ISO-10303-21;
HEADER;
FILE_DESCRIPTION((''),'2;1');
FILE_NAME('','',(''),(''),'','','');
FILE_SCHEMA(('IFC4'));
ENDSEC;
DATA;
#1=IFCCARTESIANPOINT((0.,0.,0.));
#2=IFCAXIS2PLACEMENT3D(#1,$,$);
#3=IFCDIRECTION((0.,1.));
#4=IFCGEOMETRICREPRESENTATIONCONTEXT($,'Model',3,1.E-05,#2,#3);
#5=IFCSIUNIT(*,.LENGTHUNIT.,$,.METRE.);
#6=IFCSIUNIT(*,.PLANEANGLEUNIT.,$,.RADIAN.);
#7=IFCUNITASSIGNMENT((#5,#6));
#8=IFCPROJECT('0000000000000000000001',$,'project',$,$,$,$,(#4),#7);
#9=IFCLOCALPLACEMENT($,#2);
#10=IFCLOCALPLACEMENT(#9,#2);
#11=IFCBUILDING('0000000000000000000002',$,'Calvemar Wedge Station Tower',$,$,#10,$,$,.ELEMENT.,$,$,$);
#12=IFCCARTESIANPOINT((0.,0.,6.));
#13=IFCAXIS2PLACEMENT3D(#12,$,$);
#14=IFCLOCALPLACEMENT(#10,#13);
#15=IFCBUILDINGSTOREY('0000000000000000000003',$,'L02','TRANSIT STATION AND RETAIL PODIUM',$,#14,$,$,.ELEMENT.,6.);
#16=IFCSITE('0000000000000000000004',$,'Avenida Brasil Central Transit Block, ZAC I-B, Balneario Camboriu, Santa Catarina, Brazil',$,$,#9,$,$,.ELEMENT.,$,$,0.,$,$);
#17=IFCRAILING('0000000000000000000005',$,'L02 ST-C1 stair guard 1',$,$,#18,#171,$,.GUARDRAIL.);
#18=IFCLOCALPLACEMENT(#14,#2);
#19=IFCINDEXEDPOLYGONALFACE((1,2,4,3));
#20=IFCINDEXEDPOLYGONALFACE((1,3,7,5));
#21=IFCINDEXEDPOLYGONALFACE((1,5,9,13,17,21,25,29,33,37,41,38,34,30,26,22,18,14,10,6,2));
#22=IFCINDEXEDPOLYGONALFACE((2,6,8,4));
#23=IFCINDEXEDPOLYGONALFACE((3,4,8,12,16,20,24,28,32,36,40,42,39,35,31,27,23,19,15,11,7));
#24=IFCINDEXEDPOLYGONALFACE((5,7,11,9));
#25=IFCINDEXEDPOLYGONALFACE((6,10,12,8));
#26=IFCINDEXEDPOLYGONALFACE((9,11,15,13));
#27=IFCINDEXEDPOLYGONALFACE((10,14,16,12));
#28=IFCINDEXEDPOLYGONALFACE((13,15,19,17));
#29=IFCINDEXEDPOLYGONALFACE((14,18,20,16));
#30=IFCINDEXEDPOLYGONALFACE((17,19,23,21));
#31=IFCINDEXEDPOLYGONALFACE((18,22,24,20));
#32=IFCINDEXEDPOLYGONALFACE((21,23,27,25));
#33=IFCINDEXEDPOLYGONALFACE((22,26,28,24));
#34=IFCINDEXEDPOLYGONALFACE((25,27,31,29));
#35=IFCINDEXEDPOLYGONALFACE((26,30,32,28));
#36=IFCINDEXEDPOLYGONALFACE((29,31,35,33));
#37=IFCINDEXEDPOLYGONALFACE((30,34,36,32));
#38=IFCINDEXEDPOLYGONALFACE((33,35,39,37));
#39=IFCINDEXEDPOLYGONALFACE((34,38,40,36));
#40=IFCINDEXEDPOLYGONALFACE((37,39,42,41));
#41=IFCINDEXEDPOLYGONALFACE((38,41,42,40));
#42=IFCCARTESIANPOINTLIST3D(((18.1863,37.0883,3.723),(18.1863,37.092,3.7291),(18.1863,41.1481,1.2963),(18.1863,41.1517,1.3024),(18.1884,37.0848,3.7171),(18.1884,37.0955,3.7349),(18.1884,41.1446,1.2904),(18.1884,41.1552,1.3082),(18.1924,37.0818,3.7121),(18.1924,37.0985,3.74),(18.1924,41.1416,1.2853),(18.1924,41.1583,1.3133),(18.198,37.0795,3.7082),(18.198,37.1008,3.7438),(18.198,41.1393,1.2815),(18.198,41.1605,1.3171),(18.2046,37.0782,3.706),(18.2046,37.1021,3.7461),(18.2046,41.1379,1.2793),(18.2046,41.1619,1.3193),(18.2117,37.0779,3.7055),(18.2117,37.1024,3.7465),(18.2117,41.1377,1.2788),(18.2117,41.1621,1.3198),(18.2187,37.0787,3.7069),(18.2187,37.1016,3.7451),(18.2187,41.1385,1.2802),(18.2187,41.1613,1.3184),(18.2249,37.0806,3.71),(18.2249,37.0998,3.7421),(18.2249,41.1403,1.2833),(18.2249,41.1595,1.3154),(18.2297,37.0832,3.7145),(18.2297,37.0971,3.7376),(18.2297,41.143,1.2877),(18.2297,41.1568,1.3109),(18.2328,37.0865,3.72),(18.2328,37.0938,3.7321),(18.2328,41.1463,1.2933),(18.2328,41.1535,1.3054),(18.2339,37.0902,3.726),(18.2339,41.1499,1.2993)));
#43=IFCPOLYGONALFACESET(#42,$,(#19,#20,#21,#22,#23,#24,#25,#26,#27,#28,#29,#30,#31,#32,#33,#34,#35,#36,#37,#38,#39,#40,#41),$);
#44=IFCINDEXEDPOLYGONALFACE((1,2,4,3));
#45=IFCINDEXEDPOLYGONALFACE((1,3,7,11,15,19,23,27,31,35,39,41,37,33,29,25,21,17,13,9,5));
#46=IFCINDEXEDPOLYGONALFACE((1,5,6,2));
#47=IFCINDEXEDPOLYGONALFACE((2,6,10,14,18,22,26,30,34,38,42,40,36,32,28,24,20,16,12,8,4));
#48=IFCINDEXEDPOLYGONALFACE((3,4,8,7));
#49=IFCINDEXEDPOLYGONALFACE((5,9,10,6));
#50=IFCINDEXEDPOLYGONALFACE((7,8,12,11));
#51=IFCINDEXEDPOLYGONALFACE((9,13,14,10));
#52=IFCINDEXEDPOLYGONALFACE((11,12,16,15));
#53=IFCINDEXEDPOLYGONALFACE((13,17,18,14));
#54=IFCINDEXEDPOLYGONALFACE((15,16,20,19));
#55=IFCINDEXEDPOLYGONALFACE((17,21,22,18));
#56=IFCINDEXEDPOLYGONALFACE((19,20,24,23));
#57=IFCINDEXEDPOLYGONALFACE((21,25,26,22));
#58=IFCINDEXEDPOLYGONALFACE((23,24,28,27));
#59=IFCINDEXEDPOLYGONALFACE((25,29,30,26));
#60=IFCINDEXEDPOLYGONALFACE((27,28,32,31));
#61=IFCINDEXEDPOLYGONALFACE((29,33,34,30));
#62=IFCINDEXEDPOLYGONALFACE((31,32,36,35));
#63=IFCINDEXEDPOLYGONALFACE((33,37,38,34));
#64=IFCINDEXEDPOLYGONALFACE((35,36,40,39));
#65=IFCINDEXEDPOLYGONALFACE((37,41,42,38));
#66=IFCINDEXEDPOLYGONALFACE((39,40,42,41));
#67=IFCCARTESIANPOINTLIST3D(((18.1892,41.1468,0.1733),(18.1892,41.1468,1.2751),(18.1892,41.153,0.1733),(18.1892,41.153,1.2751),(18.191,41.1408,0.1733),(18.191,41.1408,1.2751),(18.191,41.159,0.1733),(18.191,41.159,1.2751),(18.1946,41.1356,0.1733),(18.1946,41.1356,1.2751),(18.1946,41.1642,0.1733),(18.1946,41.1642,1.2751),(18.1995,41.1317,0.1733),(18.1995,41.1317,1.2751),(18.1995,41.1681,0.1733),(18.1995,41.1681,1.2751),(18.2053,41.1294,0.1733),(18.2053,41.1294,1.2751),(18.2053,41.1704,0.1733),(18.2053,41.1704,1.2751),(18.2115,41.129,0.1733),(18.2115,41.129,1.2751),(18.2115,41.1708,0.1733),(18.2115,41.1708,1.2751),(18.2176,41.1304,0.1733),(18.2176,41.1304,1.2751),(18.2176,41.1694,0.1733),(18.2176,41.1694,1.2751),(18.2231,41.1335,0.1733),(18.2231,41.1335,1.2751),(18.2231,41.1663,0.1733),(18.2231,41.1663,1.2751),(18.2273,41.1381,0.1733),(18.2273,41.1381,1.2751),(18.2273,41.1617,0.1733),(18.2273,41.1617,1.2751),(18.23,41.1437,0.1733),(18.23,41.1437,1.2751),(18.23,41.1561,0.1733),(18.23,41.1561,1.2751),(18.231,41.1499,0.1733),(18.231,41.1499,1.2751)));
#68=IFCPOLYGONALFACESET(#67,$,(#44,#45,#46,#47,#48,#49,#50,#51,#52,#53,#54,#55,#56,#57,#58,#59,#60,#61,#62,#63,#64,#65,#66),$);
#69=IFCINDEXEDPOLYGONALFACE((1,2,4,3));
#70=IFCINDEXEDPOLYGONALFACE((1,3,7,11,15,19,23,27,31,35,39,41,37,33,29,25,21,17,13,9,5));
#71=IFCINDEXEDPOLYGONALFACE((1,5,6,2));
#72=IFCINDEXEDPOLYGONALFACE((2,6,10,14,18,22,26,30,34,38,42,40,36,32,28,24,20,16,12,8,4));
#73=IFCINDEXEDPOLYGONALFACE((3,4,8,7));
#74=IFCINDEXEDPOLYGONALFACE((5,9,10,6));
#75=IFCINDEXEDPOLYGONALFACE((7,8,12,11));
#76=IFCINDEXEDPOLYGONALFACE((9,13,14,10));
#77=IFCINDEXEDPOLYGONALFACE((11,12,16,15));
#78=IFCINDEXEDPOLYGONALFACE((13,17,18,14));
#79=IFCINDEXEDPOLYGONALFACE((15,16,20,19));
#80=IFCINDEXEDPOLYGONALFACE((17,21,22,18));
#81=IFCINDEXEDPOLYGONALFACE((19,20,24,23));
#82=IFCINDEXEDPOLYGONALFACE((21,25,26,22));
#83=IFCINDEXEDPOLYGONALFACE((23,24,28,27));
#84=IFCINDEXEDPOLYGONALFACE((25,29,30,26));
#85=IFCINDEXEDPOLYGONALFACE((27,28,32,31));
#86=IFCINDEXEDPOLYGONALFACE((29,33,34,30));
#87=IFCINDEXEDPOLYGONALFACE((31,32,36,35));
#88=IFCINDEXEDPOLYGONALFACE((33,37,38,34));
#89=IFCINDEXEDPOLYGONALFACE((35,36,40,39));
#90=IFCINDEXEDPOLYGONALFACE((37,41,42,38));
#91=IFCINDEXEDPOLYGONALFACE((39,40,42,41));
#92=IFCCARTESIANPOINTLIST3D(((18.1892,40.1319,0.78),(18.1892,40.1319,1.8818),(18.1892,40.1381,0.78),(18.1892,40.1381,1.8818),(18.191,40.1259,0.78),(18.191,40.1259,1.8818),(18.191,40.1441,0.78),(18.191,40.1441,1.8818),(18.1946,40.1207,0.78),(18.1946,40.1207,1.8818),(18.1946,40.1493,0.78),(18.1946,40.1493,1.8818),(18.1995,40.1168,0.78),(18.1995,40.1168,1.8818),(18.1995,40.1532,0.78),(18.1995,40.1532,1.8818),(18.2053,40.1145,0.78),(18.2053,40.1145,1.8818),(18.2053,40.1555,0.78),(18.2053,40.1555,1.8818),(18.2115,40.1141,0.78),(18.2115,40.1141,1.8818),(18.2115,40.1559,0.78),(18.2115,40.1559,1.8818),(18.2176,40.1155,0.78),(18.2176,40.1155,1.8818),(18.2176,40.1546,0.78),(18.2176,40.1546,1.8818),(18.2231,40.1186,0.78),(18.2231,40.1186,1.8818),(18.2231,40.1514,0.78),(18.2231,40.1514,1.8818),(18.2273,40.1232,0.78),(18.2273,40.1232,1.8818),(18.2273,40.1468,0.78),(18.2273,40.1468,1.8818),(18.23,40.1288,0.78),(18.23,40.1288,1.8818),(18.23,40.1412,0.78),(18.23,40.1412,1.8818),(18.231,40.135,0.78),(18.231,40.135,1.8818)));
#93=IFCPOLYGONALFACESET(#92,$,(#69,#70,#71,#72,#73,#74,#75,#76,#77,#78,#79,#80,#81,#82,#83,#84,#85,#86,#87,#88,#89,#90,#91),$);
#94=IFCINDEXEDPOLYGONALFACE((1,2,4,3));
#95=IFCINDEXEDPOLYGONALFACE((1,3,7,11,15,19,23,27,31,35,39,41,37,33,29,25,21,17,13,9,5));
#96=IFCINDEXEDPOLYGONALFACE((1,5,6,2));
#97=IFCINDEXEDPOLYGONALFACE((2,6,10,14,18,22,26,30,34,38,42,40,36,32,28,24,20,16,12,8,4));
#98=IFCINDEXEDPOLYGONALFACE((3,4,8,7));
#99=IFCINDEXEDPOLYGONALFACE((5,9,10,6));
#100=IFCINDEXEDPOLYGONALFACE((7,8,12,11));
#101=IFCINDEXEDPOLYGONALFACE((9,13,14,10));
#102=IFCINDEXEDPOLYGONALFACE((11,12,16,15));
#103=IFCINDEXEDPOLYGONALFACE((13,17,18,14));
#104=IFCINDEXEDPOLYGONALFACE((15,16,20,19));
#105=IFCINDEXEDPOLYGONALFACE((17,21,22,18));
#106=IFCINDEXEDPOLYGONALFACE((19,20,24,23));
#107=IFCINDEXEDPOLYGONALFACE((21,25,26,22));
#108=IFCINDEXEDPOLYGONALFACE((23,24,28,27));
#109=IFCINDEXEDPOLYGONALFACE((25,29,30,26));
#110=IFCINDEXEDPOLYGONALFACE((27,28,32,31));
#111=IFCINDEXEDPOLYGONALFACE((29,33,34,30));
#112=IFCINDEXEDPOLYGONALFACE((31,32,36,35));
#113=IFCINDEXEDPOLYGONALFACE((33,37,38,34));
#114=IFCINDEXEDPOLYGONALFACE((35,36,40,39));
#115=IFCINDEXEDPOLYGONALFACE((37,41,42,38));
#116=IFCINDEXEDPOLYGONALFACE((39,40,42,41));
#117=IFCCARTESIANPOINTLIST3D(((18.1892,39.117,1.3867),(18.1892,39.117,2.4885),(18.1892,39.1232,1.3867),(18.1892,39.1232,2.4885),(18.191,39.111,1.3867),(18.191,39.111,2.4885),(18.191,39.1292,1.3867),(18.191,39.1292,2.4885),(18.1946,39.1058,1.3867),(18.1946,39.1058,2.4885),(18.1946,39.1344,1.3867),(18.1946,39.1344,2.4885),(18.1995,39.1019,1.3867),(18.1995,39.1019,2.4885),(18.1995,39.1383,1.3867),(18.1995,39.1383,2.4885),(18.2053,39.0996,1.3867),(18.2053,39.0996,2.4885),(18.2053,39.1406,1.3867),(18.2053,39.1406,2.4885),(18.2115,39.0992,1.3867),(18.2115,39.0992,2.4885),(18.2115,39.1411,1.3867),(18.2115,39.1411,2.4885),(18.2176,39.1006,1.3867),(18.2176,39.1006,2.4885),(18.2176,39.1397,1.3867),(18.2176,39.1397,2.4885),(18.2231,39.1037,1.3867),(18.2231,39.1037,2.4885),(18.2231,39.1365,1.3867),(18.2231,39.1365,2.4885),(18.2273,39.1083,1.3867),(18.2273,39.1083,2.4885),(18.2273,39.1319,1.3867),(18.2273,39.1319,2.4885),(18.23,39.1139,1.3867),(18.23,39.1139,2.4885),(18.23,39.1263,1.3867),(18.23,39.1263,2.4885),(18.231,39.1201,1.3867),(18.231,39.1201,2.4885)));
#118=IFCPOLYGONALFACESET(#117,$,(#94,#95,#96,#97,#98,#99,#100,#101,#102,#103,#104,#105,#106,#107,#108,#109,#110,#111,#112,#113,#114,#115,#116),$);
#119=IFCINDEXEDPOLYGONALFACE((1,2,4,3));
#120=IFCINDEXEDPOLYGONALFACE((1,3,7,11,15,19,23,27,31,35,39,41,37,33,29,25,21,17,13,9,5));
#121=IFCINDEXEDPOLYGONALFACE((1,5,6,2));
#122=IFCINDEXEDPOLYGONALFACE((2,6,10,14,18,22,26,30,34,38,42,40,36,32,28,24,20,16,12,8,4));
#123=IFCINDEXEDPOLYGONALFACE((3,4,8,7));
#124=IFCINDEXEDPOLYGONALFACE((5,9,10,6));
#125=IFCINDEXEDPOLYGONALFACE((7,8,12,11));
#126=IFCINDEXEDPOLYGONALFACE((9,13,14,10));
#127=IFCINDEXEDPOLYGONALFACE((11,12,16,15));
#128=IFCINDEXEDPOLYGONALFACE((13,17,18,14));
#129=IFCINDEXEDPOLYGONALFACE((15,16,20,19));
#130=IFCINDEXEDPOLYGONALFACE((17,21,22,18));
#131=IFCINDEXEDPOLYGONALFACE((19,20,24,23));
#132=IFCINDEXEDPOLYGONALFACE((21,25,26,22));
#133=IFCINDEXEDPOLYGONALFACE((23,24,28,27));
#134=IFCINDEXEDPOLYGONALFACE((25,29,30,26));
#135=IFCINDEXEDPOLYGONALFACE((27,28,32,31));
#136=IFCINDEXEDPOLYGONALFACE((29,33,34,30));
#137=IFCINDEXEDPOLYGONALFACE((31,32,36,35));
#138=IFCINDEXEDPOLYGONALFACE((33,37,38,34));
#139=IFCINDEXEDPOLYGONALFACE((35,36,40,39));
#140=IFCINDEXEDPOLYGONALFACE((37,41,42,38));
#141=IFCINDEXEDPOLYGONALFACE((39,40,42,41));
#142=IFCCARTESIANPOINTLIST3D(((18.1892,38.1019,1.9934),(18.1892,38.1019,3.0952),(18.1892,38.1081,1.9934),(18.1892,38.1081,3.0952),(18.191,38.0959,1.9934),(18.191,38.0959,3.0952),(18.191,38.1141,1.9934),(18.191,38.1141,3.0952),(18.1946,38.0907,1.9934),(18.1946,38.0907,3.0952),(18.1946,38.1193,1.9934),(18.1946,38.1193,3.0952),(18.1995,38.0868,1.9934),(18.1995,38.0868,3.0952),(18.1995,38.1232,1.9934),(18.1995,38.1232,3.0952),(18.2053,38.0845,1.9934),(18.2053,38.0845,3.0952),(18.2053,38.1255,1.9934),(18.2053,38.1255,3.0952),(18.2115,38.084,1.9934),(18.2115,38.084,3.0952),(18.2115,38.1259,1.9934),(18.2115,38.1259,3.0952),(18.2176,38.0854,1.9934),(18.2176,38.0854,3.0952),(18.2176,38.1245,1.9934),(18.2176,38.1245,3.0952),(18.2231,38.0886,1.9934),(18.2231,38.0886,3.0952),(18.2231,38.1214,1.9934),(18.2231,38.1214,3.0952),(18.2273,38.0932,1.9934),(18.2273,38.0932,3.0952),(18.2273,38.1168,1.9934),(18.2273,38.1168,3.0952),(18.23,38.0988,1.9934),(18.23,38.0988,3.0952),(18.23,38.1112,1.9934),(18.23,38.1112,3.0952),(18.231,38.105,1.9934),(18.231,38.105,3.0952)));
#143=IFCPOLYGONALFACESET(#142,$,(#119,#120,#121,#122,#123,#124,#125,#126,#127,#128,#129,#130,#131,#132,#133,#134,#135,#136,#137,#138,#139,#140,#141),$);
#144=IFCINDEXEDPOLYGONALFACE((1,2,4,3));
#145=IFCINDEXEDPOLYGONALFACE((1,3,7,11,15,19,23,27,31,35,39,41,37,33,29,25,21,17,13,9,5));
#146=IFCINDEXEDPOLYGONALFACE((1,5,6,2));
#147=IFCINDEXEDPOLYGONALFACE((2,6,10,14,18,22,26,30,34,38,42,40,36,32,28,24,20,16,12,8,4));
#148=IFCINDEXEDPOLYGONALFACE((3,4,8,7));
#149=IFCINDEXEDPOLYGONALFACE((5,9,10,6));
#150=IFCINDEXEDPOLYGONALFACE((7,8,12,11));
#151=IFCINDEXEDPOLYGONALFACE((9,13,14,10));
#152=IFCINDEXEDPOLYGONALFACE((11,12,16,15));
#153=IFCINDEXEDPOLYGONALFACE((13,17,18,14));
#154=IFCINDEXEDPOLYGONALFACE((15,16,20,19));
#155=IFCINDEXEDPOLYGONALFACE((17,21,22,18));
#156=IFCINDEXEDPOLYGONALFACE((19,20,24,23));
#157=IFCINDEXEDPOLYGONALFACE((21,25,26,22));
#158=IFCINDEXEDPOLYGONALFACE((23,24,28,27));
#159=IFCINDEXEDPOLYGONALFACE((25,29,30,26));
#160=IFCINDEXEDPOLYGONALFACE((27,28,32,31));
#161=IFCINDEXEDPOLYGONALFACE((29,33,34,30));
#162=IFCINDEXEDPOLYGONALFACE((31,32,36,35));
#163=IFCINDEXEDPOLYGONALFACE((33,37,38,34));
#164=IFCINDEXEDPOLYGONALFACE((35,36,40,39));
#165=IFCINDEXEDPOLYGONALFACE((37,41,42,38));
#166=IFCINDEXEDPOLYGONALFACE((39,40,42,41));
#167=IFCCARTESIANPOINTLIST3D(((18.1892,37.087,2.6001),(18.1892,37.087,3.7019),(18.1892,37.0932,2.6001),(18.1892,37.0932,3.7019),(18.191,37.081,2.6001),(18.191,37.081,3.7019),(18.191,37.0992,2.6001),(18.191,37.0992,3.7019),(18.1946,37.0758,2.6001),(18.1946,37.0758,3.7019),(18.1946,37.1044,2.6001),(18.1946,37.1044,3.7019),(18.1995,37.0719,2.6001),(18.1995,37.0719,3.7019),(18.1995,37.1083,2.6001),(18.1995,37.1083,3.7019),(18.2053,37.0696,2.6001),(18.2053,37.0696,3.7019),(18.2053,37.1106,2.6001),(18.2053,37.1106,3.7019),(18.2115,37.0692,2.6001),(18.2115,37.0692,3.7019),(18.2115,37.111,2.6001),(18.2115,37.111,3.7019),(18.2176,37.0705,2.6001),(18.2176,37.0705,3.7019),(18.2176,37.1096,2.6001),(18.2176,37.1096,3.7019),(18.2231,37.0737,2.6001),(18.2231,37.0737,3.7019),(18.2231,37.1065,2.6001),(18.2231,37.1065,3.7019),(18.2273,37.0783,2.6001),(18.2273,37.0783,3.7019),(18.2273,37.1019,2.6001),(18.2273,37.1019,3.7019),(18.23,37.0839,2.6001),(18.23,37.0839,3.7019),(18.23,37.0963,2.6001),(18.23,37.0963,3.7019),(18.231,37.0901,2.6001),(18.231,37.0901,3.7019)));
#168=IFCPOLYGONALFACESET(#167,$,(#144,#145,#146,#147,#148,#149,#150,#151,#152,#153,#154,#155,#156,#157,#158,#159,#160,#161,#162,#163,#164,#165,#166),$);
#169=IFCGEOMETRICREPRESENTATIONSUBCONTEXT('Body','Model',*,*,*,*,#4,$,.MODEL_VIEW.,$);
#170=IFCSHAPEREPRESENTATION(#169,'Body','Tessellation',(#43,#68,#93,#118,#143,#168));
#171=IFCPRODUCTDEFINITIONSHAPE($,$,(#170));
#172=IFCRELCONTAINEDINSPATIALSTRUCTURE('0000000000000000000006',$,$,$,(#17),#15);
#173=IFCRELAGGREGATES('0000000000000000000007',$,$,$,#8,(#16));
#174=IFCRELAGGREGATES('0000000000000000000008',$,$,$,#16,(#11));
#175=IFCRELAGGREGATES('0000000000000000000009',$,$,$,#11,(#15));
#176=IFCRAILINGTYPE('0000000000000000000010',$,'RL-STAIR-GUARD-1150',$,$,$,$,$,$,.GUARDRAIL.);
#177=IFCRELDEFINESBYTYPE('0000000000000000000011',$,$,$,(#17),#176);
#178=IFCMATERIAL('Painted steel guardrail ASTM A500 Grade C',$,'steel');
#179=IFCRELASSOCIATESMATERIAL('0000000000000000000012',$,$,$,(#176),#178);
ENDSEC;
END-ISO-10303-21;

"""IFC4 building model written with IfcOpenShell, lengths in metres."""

from ifc_helpers import new_model, si_unit, direction, frame, origin, origin_2d, place, context, subcontext, project, spatial, circle, extrude, material, type_object, element, save


model = new_model("IFC4")

# Units and contexts
model_context = context("Model", 3, precision=1e-05, world=origin(), true_north=direction((0.0, 1.0)))
body_context = subcontext(model_context, "Body", "Model", "MODEL_VIEW")
ifc_project = project(units=[si_unit("LENGTHUNIT", "METRE"), si_unit("PLANEANGLEUNIT", "RADIAN")], contexts=[model_context])

# Site, building, storey
site_placement = place(None, origin())
site = spatial("IfcSite", under=ifc_project, at=site_placement, Name="Avenida Brasil Central Transit Block, ZAC I-B, Balneario Camboriu, Santa Catarina, Brazil", CompositionType="ELEMENT", RefElevation=0.0)
building_placement = place(site_placement, origin())
building = spatial("IfcBuilding", under=site, at=building_placement, Name="Calvemar Wedge Station Tower", CompositionType="ELEMENT")
storey_placement = place(building_placement, frame((0.0, 0.0, 6.0)))
storey = spatial("IfcBuildingStorey", under=building, at=storey_placement, Name="L02", Description="TRANSIT STATION AND RETAIL PODIUM", CompositionType="ELEMENT", Elevation=6.0)

# Railing
ifc_material_1 = material(Name="Painted steel guardrail ASTM A500 Grade C", Category="steel")
railing_type_1 = type_object("IfcRailingType", Name="RL-STAIR-GUARD-1150", PredefinedType="GUARDRAIL", material=ifc_material_1)
railing_1_placement = place(storey_placement, frame((18.21, 41.1499, 0.1733)))
element("IfcRailing", 1, at=railing_1_placement, inside=storey, type_object=railing_type_1, Name="L02 ST-C1 stair guard 1", PredefinedType="GUARDRAIL", context=body_context, shape_type="SweptSolid", body=[
    extrude(circle(Radius=0.0239, at=origin_2d()), frame((0.0, 0.0, 1.126), z_axis=(0.0, -0.858343, 0.513076), x_axis=(1.0, 0.0, 0.0)), (0.0, 0.0, 1.0), 4.7297),
    extrude(circle(Radius=0.021, at=origin_2d()), origin(), (0.0, 0.0, 1.0), 1.1018),
    extrude(circle(Radius=0.021, at=origin_2d()), frame((0.0, -1.0149, 0.6067)), (0.0, 0.0, 1.0), 1.1018),
    extrude(circle(Radius=0.021, at=origin_2d()), frame((0.0, -2.0298, 1.2134)), (0.0, 0.0, 1.0), 1.1018),
    extrude(circle(Radius=0.021, at=origin_2d()), frame((0.0, -3.0449, 1.8201)), (0.0, 0.0, 1.0), 1.1018),
    extrude(circle(Radius=0.021, at=origin_2d()), frame((0.0, -4.0598, 2.4268)), (0.0, 0.0, 1.0), 1.1018),
])

save(model, "model.ifc")
